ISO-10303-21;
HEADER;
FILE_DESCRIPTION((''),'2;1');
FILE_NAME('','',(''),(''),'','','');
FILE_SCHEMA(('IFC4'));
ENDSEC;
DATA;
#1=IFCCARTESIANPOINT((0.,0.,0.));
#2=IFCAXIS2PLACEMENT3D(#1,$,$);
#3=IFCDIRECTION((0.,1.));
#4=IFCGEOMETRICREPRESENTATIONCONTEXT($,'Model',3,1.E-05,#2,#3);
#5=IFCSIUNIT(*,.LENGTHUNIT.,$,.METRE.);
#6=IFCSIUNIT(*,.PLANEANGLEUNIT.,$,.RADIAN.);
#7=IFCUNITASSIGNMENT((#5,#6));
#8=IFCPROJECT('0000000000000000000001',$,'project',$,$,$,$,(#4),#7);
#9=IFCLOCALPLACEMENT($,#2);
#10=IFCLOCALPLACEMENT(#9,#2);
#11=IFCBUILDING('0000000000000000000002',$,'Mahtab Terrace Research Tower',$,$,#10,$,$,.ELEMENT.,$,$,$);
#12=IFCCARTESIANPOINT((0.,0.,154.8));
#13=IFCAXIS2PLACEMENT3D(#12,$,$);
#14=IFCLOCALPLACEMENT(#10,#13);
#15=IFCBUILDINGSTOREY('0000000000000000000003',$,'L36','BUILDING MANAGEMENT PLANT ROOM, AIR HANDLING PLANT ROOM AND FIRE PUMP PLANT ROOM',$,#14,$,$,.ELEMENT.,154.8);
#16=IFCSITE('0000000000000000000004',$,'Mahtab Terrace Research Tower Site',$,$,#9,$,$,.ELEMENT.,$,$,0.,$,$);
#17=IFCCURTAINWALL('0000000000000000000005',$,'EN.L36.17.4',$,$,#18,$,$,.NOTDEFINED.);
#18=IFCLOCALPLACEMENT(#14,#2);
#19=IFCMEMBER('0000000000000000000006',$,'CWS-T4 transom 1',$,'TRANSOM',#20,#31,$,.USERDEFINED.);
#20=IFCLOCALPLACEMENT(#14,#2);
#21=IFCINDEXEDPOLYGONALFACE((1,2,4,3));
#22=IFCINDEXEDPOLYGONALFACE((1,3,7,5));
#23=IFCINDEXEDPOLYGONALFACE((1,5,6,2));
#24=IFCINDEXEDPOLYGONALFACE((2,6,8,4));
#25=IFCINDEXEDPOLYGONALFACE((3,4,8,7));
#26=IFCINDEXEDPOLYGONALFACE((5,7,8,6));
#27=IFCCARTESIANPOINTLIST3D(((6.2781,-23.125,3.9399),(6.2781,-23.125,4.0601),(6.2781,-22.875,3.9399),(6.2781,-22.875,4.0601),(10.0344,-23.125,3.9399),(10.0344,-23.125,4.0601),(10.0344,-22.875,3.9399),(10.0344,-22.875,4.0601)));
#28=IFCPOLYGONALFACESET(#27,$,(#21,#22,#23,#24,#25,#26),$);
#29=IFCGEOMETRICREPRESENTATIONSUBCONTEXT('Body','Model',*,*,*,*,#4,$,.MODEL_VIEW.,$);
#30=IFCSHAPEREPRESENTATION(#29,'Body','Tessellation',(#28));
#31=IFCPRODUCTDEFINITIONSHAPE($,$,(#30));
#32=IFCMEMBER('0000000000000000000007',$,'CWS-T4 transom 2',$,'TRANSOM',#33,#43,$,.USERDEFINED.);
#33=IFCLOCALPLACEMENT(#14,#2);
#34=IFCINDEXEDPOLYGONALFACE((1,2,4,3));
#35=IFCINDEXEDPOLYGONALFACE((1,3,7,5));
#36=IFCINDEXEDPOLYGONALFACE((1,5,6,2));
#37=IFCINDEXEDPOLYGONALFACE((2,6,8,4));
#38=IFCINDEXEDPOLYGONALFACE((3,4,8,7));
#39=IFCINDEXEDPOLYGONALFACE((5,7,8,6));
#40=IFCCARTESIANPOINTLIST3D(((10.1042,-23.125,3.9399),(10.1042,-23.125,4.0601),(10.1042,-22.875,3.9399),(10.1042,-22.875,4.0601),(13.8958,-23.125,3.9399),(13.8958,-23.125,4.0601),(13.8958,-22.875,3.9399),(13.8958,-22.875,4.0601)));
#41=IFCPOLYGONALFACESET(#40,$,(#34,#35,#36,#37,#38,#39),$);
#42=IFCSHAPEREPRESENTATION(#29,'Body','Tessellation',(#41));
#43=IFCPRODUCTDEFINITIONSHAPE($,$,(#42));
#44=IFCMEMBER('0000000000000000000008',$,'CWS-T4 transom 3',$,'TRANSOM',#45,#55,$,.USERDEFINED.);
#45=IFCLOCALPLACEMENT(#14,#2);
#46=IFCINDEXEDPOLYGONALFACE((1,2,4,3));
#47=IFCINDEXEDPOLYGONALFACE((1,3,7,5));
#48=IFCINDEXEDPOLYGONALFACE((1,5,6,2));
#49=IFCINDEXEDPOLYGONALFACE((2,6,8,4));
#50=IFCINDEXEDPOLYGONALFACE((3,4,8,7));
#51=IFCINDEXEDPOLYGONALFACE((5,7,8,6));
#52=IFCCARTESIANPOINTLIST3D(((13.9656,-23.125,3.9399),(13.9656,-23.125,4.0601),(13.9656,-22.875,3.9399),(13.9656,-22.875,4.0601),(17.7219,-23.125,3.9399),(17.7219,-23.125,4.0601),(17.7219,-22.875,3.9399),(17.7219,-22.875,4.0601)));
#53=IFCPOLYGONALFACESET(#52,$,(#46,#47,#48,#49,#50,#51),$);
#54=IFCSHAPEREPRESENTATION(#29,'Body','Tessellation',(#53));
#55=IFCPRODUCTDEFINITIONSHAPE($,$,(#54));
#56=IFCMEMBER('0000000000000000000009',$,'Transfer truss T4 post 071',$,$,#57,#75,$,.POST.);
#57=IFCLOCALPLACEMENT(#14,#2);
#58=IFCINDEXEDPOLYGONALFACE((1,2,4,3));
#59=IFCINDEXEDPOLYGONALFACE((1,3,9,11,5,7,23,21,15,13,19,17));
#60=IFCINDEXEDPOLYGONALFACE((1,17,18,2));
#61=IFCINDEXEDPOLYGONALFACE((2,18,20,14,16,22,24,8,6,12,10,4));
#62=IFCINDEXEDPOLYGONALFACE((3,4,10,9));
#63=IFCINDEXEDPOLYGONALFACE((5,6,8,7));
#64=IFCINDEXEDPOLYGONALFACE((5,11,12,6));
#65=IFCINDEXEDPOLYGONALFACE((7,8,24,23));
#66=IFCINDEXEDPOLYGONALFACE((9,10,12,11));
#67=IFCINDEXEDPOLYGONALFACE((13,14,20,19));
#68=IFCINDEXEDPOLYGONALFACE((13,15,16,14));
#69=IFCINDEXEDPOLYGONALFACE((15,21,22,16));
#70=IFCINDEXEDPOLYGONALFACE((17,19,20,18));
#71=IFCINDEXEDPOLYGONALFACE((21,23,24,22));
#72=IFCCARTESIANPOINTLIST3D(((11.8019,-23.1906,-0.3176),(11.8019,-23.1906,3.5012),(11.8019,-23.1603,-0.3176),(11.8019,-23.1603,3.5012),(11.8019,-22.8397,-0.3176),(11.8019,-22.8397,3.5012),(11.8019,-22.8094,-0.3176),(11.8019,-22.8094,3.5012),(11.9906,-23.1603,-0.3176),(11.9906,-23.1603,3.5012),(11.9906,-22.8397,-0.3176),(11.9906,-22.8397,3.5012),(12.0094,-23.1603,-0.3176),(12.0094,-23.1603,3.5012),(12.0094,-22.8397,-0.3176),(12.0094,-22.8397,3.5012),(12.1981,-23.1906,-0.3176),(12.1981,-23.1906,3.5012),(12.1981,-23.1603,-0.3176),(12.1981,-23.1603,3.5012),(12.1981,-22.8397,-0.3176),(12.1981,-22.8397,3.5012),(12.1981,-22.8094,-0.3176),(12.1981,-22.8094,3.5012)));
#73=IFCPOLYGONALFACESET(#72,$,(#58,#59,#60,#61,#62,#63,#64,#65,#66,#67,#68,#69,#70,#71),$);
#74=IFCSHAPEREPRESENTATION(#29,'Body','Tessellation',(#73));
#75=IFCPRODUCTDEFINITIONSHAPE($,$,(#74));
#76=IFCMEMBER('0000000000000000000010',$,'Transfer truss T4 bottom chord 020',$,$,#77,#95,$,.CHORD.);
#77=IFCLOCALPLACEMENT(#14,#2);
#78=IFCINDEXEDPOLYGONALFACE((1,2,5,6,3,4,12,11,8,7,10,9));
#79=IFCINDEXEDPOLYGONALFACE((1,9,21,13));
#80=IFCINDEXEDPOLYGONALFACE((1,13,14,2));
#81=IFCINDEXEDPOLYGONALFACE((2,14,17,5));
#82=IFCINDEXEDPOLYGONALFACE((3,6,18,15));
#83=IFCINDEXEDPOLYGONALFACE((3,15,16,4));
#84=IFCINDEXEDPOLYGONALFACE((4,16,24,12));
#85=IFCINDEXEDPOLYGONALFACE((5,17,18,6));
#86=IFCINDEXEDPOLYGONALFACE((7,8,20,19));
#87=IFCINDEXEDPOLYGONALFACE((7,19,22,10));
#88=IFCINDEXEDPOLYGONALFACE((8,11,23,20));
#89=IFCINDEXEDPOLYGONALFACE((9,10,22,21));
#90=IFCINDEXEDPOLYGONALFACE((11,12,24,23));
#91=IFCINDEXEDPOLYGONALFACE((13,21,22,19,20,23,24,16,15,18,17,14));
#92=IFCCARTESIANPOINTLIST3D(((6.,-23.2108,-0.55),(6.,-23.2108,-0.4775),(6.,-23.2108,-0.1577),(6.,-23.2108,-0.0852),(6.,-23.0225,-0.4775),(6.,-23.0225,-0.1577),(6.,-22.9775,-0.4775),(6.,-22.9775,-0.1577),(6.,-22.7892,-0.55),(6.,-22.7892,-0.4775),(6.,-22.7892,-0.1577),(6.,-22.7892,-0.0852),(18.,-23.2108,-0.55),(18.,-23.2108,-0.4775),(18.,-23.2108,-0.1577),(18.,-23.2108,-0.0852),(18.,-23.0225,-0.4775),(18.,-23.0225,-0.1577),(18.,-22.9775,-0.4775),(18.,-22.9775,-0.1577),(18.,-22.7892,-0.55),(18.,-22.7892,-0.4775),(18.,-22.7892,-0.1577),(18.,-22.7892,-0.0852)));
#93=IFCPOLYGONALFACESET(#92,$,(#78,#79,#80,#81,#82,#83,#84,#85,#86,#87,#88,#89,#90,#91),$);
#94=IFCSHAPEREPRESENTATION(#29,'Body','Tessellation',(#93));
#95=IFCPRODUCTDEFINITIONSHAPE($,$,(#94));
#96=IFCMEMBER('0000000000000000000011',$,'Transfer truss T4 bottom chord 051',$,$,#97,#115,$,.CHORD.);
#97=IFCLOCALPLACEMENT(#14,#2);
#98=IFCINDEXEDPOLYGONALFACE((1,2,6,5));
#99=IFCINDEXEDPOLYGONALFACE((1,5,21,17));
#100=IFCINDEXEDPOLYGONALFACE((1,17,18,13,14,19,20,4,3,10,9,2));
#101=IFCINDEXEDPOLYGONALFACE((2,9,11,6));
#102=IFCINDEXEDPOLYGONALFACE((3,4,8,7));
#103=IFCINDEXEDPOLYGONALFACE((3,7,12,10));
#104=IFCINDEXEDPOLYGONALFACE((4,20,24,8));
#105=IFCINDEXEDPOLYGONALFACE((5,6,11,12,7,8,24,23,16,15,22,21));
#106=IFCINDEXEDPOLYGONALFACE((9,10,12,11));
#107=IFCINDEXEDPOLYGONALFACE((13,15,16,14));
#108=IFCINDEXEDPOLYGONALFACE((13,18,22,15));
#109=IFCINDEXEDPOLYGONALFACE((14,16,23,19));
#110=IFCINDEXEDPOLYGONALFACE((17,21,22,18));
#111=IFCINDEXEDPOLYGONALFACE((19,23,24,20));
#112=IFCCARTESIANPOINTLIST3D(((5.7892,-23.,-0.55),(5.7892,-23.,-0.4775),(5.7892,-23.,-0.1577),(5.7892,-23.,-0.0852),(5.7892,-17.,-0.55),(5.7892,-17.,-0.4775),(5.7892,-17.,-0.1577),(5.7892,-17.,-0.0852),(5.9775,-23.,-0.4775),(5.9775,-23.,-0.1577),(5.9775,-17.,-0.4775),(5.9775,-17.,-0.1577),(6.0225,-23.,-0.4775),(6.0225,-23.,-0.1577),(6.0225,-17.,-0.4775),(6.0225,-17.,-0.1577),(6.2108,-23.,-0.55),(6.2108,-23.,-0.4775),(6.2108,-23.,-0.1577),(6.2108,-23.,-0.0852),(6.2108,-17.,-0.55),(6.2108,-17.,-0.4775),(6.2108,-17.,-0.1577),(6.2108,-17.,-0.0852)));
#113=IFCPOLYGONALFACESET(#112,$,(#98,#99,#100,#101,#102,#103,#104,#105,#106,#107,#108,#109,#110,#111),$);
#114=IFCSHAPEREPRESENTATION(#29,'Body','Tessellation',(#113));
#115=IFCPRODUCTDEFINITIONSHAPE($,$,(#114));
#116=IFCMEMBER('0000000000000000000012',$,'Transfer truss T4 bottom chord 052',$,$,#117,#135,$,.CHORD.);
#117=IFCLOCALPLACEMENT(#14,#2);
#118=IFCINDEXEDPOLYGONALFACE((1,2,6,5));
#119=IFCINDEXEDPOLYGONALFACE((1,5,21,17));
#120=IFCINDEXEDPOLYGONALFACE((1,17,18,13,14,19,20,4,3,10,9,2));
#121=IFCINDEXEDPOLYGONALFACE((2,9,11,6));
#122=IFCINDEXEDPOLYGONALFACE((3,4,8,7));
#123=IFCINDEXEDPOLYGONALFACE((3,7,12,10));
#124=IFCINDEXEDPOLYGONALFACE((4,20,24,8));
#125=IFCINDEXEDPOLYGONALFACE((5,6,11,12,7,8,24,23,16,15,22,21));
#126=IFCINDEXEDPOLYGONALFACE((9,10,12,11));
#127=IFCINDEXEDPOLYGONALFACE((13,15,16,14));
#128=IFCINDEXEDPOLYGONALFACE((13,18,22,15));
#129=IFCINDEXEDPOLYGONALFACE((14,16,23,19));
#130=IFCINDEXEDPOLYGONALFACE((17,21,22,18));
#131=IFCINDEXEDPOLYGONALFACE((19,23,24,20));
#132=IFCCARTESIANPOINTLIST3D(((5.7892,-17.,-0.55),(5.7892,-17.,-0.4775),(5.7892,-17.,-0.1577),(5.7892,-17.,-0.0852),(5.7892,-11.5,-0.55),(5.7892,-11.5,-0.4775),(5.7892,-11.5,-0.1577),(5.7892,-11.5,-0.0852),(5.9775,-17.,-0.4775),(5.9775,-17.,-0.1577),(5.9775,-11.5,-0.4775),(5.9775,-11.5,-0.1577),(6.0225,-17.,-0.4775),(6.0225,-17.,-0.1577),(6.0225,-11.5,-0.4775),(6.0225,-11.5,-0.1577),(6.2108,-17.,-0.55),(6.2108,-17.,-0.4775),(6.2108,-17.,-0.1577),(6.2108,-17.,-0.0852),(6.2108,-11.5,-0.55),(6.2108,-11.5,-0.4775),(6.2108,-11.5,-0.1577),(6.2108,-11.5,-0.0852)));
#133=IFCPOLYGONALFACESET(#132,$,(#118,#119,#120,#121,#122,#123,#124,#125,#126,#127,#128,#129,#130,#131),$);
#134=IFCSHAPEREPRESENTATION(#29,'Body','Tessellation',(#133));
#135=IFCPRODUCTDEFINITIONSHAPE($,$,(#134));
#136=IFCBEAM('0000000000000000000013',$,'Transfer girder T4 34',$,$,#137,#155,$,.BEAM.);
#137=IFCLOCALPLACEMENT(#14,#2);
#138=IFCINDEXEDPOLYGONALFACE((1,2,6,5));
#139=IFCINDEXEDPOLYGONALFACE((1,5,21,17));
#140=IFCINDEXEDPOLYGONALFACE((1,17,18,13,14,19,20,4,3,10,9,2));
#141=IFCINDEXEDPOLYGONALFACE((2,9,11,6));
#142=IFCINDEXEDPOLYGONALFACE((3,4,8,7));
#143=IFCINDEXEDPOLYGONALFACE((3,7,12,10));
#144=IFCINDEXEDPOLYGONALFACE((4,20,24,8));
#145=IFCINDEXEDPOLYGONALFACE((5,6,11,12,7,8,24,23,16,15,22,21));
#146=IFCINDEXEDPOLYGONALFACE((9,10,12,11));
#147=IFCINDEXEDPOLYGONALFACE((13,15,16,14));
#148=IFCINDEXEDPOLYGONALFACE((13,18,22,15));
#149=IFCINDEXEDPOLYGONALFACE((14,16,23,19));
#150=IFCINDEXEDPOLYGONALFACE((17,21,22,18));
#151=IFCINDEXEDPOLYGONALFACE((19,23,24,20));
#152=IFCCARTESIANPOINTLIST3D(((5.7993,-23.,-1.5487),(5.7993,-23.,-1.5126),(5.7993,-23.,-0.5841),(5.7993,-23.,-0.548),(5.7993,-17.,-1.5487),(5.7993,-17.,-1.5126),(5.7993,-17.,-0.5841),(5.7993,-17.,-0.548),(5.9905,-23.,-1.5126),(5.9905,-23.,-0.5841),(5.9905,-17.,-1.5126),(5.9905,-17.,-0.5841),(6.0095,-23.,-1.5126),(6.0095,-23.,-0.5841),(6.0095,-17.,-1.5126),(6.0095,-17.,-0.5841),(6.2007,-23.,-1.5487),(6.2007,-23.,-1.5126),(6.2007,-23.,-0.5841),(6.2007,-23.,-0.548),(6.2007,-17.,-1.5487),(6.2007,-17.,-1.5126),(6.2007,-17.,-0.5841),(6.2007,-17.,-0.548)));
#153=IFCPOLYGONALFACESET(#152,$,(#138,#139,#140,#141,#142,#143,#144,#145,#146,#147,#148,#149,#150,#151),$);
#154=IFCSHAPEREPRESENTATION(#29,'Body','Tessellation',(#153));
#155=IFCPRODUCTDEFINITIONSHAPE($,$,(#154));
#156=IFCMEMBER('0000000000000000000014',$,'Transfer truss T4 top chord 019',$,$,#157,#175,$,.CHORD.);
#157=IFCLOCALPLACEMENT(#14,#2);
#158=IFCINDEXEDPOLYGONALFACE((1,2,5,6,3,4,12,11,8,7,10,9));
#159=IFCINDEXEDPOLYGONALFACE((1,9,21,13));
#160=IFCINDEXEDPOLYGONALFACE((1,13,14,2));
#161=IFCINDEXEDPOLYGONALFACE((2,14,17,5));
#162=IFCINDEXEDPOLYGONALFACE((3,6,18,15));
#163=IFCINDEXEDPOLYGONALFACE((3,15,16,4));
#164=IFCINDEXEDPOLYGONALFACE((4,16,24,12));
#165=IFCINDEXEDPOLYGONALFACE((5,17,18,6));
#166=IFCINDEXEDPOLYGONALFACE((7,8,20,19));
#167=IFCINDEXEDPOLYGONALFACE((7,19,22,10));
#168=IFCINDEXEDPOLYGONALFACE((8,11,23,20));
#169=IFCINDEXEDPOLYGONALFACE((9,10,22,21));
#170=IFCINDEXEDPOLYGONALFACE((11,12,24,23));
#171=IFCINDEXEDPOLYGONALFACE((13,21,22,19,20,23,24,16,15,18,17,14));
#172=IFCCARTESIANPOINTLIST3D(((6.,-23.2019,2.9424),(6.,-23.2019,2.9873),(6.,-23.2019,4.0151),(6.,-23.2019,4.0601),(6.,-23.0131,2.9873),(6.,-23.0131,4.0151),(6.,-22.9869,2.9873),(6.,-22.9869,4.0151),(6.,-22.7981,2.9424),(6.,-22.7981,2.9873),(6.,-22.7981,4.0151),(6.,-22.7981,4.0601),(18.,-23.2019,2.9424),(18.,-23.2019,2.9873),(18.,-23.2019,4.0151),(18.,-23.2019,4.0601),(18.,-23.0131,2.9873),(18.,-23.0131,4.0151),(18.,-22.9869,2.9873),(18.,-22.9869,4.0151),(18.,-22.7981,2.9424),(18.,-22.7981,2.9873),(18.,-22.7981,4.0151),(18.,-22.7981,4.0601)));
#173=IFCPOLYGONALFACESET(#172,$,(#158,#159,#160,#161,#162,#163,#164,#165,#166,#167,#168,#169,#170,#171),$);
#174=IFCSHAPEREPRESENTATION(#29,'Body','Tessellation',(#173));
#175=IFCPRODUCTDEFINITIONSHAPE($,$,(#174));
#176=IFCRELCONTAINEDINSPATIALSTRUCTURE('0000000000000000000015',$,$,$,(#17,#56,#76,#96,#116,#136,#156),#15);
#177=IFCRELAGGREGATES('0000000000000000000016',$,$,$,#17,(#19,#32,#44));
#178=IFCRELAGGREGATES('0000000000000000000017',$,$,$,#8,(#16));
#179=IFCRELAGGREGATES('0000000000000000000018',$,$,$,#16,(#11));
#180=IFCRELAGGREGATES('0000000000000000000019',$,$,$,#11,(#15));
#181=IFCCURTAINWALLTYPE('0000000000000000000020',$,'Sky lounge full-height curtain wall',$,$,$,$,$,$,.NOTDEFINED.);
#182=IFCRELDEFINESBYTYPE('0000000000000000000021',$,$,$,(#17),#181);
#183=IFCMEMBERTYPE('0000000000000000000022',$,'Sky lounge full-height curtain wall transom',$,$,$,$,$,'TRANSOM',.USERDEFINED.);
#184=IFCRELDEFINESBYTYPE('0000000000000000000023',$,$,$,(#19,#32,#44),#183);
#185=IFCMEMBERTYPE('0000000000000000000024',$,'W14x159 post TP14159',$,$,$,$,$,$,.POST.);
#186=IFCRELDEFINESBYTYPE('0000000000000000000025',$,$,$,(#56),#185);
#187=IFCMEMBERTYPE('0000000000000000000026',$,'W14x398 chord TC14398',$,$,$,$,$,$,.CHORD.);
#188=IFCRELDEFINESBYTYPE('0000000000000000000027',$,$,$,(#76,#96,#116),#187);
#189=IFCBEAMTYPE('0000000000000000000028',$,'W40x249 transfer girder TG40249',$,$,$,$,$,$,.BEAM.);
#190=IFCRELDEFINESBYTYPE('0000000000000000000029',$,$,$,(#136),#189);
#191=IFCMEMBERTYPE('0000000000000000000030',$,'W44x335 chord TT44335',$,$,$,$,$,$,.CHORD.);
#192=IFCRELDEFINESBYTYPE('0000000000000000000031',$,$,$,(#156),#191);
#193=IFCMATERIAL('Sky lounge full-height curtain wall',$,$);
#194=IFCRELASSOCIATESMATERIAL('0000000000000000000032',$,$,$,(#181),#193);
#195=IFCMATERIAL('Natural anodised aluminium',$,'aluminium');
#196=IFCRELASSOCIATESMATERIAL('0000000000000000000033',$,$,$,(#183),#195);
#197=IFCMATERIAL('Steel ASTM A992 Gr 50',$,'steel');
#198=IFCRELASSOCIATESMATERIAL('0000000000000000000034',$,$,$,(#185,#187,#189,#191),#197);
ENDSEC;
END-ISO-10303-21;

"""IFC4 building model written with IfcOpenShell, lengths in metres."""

from ifc_helpers import new_model, si_unit, direction, frame, origin, origin_2d, place, context, subcontext, project, spatial, rectangle, i_section, extrude, material, material_profile, profile_set, type_object, element, aggregate, save


model = new_model("IFC4")

# Units and contexts
model_context = context("Model", 3, precision=1e-05, world=origin(), true_north=direction((0.0, 1.0)))
body_context = subcontext(model_context, "Body", "Model", "MODEL_VIEW")
ifc_project = project(units=[si_unit("LENGTHUNIT", "METRE"), si_unit("PLANEANGLEUNIT", "RADIAN")], contexts=[model_context])

# Site, building, storey
site_placement = place(None, origin())
site = spatial("IfcSite", under=ifc_project, at=site_placement, Name="Mahtab Terrace Research Tower Site", CompositionType="ELEMENT", RefElevation=0.0)
building_placement = place(site_placement, origin())
building = spatial("IfcBuilding", under=site, at=building_placement, Name="Mahtab Terrace Research Tower", CompositionType="ELEMENT")
storey_placement = place(building_placement, frame((0.0, 0.0, 154.8)))
storey = spatial("IfcBuildingStorey", under=building, at=storey_placement, Name="L36", Description="BUILDING MANAGEMENT PLANT ROOM, AIR HANDLING PLANT ROOM AND FIRE PUMP PLANT ROOM", CompositionType="ELEMENT", Elevation=154.8)

# Shared definitions
ifc_material_1 = material(Name="Steel ASTM A992 Gr 50", Category="steel")

# Curtain wall
ifc_material_2 = material(Name="Sky lounge full-height curtain wall")
curtain_wall_type = type_object("IfcCurtainWallType", Name="Sky lounge full-height curtain wall", PredefinedType="NOTDEFINED", material=ifc_material_2)
ifc_material_3 = material(Name="Natural anodised aluminium", Category="aluminium")
curtain_wall_1_placement = place(storey_placement, origin())
curtain_wall_1 = element("IfcCurtainWall", 1, at=curtain_wall_1_placement, inside=storey, type_object=curtain_wall_type, Name="EN.L36.17.4", PredefinedType="NOTDEFINED")

# Members
ifc_material_profile_1 = material_profile(ifc_material_3, rectangle(XDim=0.25, YDim=0.1201, at=origin_2d()), Name="TRANSOM 120x250")
ifc_profile_set_1 = profile_set([ifc_material_profile_1], Name="Natural anodised aluminium")
member_type_1 = type_object("IfcMemberType", Name="Sky lounge full-height curtain wall transom", ElementType="TRANSOM", PredefinedType="USERDEFINED", material=ifc_profile_set_1)
member_1_placement = place(storey_placement, frame((6.2781, -23.0, 4.0), z_axis=(1.0, 0.0, 0.0), x_axis=(0.0, 1.0, 0.0)))
member_1 = element("IfcMember", 2, at=member_1_placement, type_object=member_type_1, Name="CWS-T4 transom 1", ObjectType="TRANSOM", PredefinedType="USERDEFINED", context=body_context, shape_type="SweptSolid", body=[
    extrude(rectangle(XDim=0.25, YDim=0.1201, at=origin_2d()), origin(), (0.0, 0.0, 1.0), 3.7563),
])
member_2_placement = place(storey_placement, frame((10.1042, -23.0, 4.0), z_axis=(1.0, 0.0, 0.0), x_axis=(0.0, 1.0, 0.0)))
member_2 = element("IfcMember", 3, at=member_2_placement, type_object=member_type_1, Name="CWS-T4 transom 2", ObjectType="TRANSOM", PredefinedType="USERDEFINED", context=body_context, shape_type="SweptSolid", body=[
    extrude(rectangle(XDim=0.25, YDim=0.1201, at=origin_2d()), origin(), (0.0, 0.0, 1.0), 3.7915),
])
member_3_placement = place(storey_placement, frame((13.9656, -23.0, 4.0), z_axis=(1.0, 0.0, 0.0), x_axis=(0.0, 1.0, 0.0)))
member_3 = element("IfcMember", 4, at=member_3_placement, type_object=member_type_1, Name="CWS-T4 transom 3", ObjectType="TRANSOM", PredefinedType="USERDEFINED", context=body_context, shape_type="SweptSolid", body=[
    extrude(rectangle(XDim=0.25, YDim=0.1201, at=origin_2d()), origin(), (0.0, 0.0, 1.0), 3.7563),
])

# Members
ifc_material_profile_2 = material_profile(ifc_material_1, i_section(OverallWidth=0.3962, OverallDepth=0.3811, WebThickness=0.0188, FlangeThickness=0.0303, at=origin_2d()), Name="W14X159")
ifc_profile_set_2 = profile_set([ifc_material_profile_2], Name="Steel ASTM A992 Gr 50")
member_type_2 = type_object("IfcMemberType", Name="W14x159 post TP14159", PredefinedType="POST", material=ifc_profile_set_2)
member_4_placement = place(storey_placement, frame((12.0, -23.0, -0.3176), z_axis=(0.0, 0.0, 1.0), x_axis=(1.0, 0.0, 0.0)))
element("IfcMember", 5, at=member_4_placement, inside=storey, type_object=member_type_2, Name="Transfer truss T4 post 071", PredefinedType="POST", context=body_context, shape_type="SweptSolid", body=[
    extrude(i_section(OverallWidth=0.3962, OverallDepth=0.3811, WebThickness=0.0188, FlangeThickness=0.0303, at=origin_2d()), origin(), (0.0, 0.0, 1.0), 3.8188),
])
ifc_material_profile_3 = material_profile(ifc_material_1, i_section(OverallWidth=0.4216, OverallDepth=0.4648, WebThickness=0.0449, FlangeThickness=0.0725, at=origin_2d()), Name="W14X398")
ifc_profile_set_3 = profile_set([ifc_material_profile_3], Name="Steel ASTM A992 Gr 50")
member_type_3 = type_object("IfcMemberType", Name="W14x398 chord TC14398", PredefinedType="CHORD", material=ifc_profile_set_3)
member_5_placement = place(storey_placement, frame((6.0, -23.0, -0.3176), z_axis=(1.0, 0.0, 0.0), x_axis=(0.0, 1.0, 0.0)))
element("IfcMember", 6, at=member_5_placement, inside=storey, type_object=member_type_3, Name="Transfer truss T4 bottom chord 020", PredefinedType="CHORD", context=body_context, shape_type="SweptSolid", body=[
    extrude(i_section(OverallWidth=0.4216, OverallDepth=0.4648, WebThickness=0.0449, FlangeThickness=0.0725, at=origin_2d()), origin(), (0.0, 0.0, 1.0), 12.0),
])
member_6_placement = place(storey_placement, frame((6.0, -23.0, -0.3176), z_axis=(0.0, 1.0, 0.0), x_axis=(-1.0, 0.0, 0.0)))
element("IfcMember", 7, at=member_6_placement, inside=storey, type_object=member_type_3, Name="Transfer truss T4 bottom chord 051", PredefinedType="CHORD", context=body_context, shape_type="SweptSolid", body=[
    extrude(i_section(OverallWidth=0.4216, OverallDepth=0.4648, WebThickness=0.0449, FlangeThickness=0.0725, at=origin_2d()), origin(), (0.0, 0.0, 1.0), 6.0),
])
member_7_placement = place(storey_placement, frame((6.0, -17.0, -0.3176), z_axis=(0.0, 1.0, 0.0), x_axis=(-1.0, 0.0, 0.0)))
element("IfcMember", 8, at=member_7_placement, inside=storey, type_object=member_type_3, Name="Transfer truss T4 bottom chord 052", PredefinedType="CHORD", context=body_context, shape_type="SweptSolid", body=[
    extrude(i_section(OverallWidth=0.4216, OverallDepth=0.4648, WebThickness=0.0449, FlangeThickness=0.0725, at=origin_2d()), origin(), (0.0, 0.0, 1.0), 5.5),
])

# Beam
ifc_material_profile_4 = material_profile(ifc_material_1, i_section(OverallWidth=0.4014, OverallDepth=1.0007, WebThickness=0.019, FlangeThickness=0.0361, at=origin_2d()), Name="W40X249")
ifc_profile_set_4 = profile_set([ifc_material_profile_4], Name="Steel ASTM A992 Gr 50")
beam_type = type_object("IfcBeamType", Name="W40x249 transfer girder TG40249", PredefinedType="BEAM", material=ifc_profile_set_4)
beam_placement = place(storey_placement, frame((6.0, -23.0, -1.0483), z_axis=(0.0, 1.0, 0.0), x_axis=(-1.0, 0.0, 0.0)))
element("IfcBeam", 9, at=beam_placement, inside=storey, type_object=beam_type, Name="Transfer girder T4 34", PredefinedType="BEAM", context=body_context, shape_type="SweptSolid", body=[
    extrude(i_section(OverallWidth=0.4014, OverallDepth=1.0007, WebThickness=0.019, FlangeThickness=0.0361, at=origin_2d()), origin(), (0.0, 0.0, 1.0), 6.0),
])

# Member
ifc_material_profile_5 = material_profile(ifc_material_1, i_section(OverallWidth=0.4038, OverallDepth=1.1177, WebThickness=0.0261, FlangeThickness=0.0449, at=origin_2d()), Name="W44X335")
ifc_profile_set_5 = profile_set([ifc_material_profile_5], Name="Steel ASTM A992 Gr 50")
member_type_4 = type_object("IfcMemberType", Name="W44x335 chord TT44335", PredefinedType="CHORD", material=ifc_profile_set_5)
member_8_placement = place(storey_placement, frame((6.0, -23.0, 3.5012), z_axis=(1.0, 0.0, 0.0), x_axis=(0.0, 1.0, 0.0)))
element("IfcMember", 10, at=member_8_placement, inside=storey, type_object=member_type_4, Name="Transfer truss T4 top chord 019", PredefinedType="CHORD", context=body_context, shape_type="SweptSolid", body=[
    extrude(i_section(OverallWidth=0.4038, OverallDepth=1.1177, WebThickness=0.0261, FlangeThickness=0.0449, at=origin_2d()), origin(), (0.0, 0.0, 1.0), 12.0),
])

aggregate(curtain_wall_1, [member_1, member_2, member_3])

save(model, "model.ifc")
